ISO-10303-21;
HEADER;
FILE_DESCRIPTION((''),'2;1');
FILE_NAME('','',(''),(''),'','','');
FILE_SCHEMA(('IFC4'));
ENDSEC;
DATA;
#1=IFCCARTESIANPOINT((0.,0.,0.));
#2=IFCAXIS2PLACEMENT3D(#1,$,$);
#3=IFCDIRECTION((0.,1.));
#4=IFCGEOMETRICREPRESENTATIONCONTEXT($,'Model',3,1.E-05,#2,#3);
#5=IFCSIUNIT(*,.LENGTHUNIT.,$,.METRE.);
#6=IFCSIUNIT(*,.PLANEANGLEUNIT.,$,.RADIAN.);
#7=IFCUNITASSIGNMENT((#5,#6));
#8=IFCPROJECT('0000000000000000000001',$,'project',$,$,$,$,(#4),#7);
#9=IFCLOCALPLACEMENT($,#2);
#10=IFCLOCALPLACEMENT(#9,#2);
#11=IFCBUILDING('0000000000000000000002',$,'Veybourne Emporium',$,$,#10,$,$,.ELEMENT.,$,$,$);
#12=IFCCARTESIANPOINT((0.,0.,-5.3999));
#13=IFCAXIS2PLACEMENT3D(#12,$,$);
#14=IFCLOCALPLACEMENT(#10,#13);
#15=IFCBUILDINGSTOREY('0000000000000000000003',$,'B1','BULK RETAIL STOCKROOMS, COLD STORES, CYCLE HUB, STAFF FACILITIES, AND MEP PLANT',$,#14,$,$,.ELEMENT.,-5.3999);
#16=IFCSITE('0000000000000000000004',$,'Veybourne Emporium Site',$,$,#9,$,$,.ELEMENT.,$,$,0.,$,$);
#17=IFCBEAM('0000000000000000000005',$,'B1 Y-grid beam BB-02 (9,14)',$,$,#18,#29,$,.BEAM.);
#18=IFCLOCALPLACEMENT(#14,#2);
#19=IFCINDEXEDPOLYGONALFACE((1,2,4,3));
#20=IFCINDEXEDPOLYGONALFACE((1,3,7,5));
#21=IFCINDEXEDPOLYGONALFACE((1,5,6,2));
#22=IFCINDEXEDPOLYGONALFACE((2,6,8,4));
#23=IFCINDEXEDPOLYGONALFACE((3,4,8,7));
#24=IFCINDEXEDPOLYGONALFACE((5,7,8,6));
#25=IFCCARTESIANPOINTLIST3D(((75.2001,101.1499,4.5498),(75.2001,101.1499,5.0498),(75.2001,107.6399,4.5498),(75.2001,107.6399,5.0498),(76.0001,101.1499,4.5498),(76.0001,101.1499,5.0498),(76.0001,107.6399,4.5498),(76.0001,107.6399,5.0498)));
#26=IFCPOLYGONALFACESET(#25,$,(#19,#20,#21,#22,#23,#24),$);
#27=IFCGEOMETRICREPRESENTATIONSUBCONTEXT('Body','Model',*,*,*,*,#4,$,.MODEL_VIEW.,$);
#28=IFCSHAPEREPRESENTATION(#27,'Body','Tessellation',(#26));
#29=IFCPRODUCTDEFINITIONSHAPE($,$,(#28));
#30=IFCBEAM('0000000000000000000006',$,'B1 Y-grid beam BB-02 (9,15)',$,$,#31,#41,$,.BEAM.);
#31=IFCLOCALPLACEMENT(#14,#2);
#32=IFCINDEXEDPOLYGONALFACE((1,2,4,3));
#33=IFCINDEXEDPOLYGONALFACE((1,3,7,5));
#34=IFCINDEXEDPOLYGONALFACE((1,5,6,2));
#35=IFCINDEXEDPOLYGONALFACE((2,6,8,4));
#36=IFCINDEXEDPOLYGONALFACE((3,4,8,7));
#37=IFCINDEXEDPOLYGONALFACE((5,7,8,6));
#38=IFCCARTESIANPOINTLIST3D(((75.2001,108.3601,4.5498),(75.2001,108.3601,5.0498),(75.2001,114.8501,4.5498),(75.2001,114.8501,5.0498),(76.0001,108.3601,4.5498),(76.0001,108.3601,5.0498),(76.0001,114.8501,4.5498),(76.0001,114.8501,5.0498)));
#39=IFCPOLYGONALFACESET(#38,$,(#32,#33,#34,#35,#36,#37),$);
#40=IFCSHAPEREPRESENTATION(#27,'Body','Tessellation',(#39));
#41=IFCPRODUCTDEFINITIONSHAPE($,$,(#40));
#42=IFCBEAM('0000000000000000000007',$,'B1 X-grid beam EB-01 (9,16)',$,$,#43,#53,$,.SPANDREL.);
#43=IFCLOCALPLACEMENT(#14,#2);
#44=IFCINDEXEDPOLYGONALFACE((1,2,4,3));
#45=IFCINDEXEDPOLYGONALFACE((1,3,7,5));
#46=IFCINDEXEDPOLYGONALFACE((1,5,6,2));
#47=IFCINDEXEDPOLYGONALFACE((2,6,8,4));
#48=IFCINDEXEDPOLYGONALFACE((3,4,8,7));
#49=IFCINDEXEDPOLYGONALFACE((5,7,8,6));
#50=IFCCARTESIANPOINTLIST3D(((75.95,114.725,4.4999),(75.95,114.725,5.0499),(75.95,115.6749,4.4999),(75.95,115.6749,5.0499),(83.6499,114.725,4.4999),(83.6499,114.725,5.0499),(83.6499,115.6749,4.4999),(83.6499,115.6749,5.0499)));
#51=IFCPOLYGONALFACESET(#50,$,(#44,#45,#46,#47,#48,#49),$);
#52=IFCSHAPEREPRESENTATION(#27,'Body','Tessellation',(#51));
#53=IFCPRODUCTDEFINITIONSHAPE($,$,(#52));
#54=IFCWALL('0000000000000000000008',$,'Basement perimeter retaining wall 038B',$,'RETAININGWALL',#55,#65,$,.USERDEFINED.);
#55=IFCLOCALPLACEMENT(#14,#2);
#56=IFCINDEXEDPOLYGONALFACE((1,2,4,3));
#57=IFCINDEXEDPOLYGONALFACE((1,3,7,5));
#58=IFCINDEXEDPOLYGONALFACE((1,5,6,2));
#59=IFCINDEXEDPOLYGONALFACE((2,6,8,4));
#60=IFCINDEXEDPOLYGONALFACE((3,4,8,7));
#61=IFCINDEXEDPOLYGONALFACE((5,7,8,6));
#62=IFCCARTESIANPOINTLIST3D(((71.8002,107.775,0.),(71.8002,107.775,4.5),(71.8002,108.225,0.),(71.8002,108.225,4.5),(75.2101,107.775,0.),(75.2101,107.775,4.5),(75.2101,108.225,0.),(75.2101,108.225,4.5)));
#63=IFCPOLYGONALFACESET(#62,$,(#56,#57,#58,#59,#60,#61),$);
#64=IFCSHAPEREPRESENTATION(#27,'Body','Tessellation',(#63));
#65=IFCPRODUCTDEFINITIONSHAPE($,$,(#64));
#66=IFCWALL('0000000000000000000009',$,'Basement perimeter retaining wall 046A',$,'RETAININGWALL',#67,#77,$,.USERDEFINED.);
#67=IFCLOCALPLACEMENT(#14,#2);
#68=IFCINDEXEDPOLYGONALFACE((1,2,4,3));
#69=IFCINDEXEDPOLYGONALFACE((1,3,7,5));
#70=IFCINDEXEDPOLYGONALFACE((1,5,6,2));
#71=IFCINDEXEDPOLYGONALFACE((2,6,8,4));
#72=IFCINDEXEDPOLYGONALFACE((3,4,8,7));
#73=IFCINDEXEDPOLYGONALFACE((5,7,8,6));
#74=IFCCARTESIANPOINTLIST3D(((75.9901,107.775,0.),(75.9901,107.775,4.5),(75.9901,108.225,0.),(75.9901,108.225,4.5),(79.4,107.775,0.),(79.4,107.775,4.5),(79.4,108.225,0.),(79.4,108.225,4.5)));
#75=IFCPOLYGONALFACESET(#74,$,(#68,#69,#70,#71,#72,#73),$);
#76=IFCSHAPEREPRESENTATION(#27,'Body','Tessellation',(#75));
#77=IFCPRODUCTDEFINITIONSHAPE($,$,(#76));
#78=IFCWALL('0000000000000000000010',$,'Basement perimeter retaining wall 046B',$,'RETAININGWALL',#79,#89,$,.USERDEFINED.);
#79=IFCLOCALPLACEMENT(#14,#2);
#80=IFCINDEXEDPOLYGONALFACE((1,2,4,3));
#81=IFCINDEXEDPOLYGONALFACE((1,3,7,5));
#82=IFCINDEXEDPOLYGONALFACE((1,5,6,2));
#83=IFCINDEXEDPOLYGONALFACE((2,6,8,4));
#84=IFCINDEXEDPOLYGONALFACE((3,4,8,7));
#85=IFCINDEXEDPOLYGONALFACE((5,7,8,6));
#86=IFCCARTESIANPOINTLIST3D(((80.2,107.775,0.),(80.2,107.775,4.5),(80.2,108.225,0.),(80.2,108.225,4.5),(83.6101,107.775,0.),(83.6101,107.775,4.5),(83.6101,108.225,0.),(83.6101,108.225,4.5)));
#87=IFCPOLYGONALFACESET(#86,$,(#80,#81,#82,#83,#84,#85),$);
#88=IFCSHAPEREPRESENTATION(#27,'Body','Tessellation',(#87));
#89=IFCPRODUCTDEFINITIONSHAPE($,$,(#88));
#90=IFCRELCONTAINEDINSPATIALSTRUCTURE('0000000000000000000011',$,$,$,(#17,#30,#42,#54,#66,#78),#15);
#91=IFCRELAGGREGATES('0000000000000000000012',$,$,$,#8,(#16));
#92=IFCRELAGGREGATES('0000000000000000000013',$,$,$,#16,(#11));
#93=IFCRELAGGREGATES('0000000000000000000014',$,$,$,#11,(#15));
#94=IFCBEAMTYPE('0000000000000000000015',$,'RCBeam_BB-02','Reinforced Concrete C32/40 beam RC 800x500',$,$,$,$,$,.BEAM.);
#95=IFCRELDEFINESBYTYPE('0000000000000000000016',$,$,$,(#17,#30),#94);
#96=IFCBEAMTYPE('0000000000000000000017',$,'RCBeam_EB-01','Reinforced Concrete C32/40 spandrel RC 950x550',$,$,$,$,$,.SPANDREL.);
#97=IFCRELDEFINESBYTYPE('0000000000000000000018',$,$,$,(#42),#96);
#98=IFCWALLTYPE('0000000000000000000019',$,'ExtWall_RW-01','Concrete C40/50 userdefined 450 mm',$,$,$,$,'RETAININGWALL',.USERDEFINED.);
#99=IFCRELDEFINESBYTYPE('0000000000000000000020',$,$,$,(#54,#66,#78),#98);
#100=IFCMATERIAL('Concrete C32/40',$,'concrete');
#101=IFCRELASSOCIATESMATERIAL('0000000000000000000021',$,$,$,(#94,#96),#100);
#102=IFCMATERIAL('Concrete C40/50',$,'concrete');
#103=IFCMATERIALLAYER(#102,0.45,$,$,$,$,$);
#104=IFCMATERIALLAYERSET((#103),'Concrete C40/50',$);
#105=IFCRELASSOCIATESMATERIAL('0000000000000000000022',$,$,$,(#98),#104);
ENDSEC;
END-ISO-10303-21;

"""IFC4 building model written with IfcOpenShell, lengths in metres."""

from ifc_helpers import new_model, si_unit, direction, frame, frame_2d, origin, origin_2d, place, context, subcontext, project, spatial, rectangle, extrude, material, layer, layer_set, material_profile, profile_set, type_object, element, save


model = new_model("IFC4")

# Units and contexts
model_context = context("Model", 3, precision=1e-05, world=origin(), true_north=direction((0.0, 1.0)))
body_context = subcontext(model_context, "Body", "Model", "MODEL_VIEW")
ifc_project = project(units=[si_unit("LENGTHUNIT", "METRE"), si_unit("PLANEANGLEUNIT", "RADIAN")], contexts=[model_context])

# Site, building, storey
site_placement = place(None, origin())
site = spatial("IfcSite", under=ifc_project, at=site_placement, Name="Veybourne Emporium Site", CompositionType="ELEMENT", RefElevation=0.0)
building_placement = place(site_placement, origin())
building = spatial("IfcBuilding", under=site, at=building_placement, Name="Veybourne Emporium", CompositionType="ELEMENT")
storey_placement = place(building_placement, frame((0.0, 0.0, -5.3999)))
storey = spatial("IfcBuildingStorey", under=building, at=storey_placement, Name="B1", Description="BULK RETAIL STOCKROOMS, COLD STORES, CYCLE HUB, STAFF FACILITIES, AND MEP PLANT", CompositionType="ELEMENT", Elevation=-5.3999)

# Shared definitions
ifc_material_1 = material(Name="Concrete C40/50", Category="concrete")

# Beams
ifc_material_2 = material(Name="Concrete C32/40", Category="concrete")
ifc_material_profile_1 = material_profile(ifc_material_2, rectangle(XDim=0.8, YDim=0.5, at=origin_2d()), Name="RC 800x500")
ifc_profile_set_1 = profile_set([ifc_material_profile_1], Name="Concrete C32/40")
beam_type_1 = type_object("IfcBeamType", Name="RCBeam_BB-02", Description="Reinforced Concrete C32/40 beam RC 800x500", PredefinedType="BEAM", material=ifc_profile_set_1)
for number, where, z_axis, x_axis, name in (
    (1, (75.6001, 101.1499, 4.7998), (0.0, 1.0, 0.0), (-1.0, 0.0, 0.0), "B1 Y-grid beam BB-02 (9,14)"),
    (2, (75.6001, 108.3601, 4.7998), (0.0, 1.0, 0.0), (-1.0, 0.0, 0.0), "B1 Y-grid beam BB-02 (9,15)"),
):
    element("IfcBeam", number, at=place(storey_placement, frame(where, z_axis=z_axis, x_axis=x_axis)), inside=storey, type_object=beam_type_1, Name=name, PredefinedType="BEAM", context=body_context, shape_type="SweptSolid", body=[
        extrude(rectangle(XDim=0.8, YDim=0.5, at=origin_2d()), origin(), (0.0, 0.0, 1.0), 6.49),
    ])
ifc_material_profile_2 = material_profile(ifc_material_2, rectangle(XDim=0.95, YDim=0.55, at=origin_2d()), Name="RC 950x550")
ifc_profile_set_2 = profile_set([ifc_material_profile_2], Name="Concrete C32/40")
beam_type_2 = type_object("IfcBeamType", Name="RCBeam_EB-01", Description="Reinforced Concrete C32/40 spandrel RC 950x550", PredefinedType="SPANDREL", material=ifc_profile_set_2)
beam_1_placement = place(storey_placement, frame((75.95, 115.2, 4.7749), z_axis=(1.0, 0.0, 0.0), x_axis=(0.0, 1.0, 0.0)))
element("IfcBeam", 3, at=beam_1_placement, inside=storey, type_object=beam_type_2, Name="B1 X-grid beam EB-01 (9,16)", PredefinedType="SPANDREL", context=body_context, shape_type="SweptSolid", body=[
    extrude(rectangle(XDim=0.95, YDim=0.55, at=origin_2d()), origin(), (0.0, 0.0, 1.0), 7.7),
])

# Walls
ifc_layer = layer(ifc_material_1, 0.45)
ifc_layer_set = layer_set([ifc_layer], Name="Concrete C40/50")
wall_type = type_object("IfcWallType", Name="ExtWall_RW-01", Description="Concrete C40/50 userdefined 450 mm", ElementType="RETAININGWALL", PredefinedType="USERDEFINED", material=ifc_layer_set)
for number, where, z_axis, x_axis, name in (
    (4, (71.8, 108.0, 0.0), (0.0, 0.0, 1.0), (1.0, 0.0, 0.0), "Basement perimeter retaining wall 038B"),
    (5, (75.99, 108.0, 0.0), (0.0, 0.0, 1.0), (1.0, 0.0, 0.0), "Basement perimeter retaining wall 046A"),
):
    element("IfcWall", number, at=place(storey_placement, frame(where, z_axis=z_axis, x_axis=x_axis)), inside=storey, type_object=wall_type, Name=name, ObjectType="RETAININGWALL", PredefinedType="USERDEFINED", context=body_context, shape_type="SweptSolid", body=[
        extrude(rectangle(XDim=3.4099, YDim=0.45, at=frame_2d((1.7051, 0.0))), origin(), (0.0, 0.0, 1.0), 4.5),
    ])
wall_placement = place(storey_placement, frame((80.2, 108.0, 0.0), z_axis=(0.0, 0.0, 1.0), x_axis=(1.0, 0.0, 0.0)))
element("IfcWall", 6, at=wall_placement, inside=storey, type_object=wall_type, Name="Basement perimeter retaining wall 046B", ObjectType="RETAININGWALL", PredefinedType="USERDEFINED", context=body_context, shape_type="SweptSolid", body=[
    extrude(rectangle(XDim=3.4102, YDim=0.45, at=frame_2d((1.7051, 0.0))), origin(), (0.0, 0.0, 1.0), 4.5),
])

save(model, "model.ifc")
